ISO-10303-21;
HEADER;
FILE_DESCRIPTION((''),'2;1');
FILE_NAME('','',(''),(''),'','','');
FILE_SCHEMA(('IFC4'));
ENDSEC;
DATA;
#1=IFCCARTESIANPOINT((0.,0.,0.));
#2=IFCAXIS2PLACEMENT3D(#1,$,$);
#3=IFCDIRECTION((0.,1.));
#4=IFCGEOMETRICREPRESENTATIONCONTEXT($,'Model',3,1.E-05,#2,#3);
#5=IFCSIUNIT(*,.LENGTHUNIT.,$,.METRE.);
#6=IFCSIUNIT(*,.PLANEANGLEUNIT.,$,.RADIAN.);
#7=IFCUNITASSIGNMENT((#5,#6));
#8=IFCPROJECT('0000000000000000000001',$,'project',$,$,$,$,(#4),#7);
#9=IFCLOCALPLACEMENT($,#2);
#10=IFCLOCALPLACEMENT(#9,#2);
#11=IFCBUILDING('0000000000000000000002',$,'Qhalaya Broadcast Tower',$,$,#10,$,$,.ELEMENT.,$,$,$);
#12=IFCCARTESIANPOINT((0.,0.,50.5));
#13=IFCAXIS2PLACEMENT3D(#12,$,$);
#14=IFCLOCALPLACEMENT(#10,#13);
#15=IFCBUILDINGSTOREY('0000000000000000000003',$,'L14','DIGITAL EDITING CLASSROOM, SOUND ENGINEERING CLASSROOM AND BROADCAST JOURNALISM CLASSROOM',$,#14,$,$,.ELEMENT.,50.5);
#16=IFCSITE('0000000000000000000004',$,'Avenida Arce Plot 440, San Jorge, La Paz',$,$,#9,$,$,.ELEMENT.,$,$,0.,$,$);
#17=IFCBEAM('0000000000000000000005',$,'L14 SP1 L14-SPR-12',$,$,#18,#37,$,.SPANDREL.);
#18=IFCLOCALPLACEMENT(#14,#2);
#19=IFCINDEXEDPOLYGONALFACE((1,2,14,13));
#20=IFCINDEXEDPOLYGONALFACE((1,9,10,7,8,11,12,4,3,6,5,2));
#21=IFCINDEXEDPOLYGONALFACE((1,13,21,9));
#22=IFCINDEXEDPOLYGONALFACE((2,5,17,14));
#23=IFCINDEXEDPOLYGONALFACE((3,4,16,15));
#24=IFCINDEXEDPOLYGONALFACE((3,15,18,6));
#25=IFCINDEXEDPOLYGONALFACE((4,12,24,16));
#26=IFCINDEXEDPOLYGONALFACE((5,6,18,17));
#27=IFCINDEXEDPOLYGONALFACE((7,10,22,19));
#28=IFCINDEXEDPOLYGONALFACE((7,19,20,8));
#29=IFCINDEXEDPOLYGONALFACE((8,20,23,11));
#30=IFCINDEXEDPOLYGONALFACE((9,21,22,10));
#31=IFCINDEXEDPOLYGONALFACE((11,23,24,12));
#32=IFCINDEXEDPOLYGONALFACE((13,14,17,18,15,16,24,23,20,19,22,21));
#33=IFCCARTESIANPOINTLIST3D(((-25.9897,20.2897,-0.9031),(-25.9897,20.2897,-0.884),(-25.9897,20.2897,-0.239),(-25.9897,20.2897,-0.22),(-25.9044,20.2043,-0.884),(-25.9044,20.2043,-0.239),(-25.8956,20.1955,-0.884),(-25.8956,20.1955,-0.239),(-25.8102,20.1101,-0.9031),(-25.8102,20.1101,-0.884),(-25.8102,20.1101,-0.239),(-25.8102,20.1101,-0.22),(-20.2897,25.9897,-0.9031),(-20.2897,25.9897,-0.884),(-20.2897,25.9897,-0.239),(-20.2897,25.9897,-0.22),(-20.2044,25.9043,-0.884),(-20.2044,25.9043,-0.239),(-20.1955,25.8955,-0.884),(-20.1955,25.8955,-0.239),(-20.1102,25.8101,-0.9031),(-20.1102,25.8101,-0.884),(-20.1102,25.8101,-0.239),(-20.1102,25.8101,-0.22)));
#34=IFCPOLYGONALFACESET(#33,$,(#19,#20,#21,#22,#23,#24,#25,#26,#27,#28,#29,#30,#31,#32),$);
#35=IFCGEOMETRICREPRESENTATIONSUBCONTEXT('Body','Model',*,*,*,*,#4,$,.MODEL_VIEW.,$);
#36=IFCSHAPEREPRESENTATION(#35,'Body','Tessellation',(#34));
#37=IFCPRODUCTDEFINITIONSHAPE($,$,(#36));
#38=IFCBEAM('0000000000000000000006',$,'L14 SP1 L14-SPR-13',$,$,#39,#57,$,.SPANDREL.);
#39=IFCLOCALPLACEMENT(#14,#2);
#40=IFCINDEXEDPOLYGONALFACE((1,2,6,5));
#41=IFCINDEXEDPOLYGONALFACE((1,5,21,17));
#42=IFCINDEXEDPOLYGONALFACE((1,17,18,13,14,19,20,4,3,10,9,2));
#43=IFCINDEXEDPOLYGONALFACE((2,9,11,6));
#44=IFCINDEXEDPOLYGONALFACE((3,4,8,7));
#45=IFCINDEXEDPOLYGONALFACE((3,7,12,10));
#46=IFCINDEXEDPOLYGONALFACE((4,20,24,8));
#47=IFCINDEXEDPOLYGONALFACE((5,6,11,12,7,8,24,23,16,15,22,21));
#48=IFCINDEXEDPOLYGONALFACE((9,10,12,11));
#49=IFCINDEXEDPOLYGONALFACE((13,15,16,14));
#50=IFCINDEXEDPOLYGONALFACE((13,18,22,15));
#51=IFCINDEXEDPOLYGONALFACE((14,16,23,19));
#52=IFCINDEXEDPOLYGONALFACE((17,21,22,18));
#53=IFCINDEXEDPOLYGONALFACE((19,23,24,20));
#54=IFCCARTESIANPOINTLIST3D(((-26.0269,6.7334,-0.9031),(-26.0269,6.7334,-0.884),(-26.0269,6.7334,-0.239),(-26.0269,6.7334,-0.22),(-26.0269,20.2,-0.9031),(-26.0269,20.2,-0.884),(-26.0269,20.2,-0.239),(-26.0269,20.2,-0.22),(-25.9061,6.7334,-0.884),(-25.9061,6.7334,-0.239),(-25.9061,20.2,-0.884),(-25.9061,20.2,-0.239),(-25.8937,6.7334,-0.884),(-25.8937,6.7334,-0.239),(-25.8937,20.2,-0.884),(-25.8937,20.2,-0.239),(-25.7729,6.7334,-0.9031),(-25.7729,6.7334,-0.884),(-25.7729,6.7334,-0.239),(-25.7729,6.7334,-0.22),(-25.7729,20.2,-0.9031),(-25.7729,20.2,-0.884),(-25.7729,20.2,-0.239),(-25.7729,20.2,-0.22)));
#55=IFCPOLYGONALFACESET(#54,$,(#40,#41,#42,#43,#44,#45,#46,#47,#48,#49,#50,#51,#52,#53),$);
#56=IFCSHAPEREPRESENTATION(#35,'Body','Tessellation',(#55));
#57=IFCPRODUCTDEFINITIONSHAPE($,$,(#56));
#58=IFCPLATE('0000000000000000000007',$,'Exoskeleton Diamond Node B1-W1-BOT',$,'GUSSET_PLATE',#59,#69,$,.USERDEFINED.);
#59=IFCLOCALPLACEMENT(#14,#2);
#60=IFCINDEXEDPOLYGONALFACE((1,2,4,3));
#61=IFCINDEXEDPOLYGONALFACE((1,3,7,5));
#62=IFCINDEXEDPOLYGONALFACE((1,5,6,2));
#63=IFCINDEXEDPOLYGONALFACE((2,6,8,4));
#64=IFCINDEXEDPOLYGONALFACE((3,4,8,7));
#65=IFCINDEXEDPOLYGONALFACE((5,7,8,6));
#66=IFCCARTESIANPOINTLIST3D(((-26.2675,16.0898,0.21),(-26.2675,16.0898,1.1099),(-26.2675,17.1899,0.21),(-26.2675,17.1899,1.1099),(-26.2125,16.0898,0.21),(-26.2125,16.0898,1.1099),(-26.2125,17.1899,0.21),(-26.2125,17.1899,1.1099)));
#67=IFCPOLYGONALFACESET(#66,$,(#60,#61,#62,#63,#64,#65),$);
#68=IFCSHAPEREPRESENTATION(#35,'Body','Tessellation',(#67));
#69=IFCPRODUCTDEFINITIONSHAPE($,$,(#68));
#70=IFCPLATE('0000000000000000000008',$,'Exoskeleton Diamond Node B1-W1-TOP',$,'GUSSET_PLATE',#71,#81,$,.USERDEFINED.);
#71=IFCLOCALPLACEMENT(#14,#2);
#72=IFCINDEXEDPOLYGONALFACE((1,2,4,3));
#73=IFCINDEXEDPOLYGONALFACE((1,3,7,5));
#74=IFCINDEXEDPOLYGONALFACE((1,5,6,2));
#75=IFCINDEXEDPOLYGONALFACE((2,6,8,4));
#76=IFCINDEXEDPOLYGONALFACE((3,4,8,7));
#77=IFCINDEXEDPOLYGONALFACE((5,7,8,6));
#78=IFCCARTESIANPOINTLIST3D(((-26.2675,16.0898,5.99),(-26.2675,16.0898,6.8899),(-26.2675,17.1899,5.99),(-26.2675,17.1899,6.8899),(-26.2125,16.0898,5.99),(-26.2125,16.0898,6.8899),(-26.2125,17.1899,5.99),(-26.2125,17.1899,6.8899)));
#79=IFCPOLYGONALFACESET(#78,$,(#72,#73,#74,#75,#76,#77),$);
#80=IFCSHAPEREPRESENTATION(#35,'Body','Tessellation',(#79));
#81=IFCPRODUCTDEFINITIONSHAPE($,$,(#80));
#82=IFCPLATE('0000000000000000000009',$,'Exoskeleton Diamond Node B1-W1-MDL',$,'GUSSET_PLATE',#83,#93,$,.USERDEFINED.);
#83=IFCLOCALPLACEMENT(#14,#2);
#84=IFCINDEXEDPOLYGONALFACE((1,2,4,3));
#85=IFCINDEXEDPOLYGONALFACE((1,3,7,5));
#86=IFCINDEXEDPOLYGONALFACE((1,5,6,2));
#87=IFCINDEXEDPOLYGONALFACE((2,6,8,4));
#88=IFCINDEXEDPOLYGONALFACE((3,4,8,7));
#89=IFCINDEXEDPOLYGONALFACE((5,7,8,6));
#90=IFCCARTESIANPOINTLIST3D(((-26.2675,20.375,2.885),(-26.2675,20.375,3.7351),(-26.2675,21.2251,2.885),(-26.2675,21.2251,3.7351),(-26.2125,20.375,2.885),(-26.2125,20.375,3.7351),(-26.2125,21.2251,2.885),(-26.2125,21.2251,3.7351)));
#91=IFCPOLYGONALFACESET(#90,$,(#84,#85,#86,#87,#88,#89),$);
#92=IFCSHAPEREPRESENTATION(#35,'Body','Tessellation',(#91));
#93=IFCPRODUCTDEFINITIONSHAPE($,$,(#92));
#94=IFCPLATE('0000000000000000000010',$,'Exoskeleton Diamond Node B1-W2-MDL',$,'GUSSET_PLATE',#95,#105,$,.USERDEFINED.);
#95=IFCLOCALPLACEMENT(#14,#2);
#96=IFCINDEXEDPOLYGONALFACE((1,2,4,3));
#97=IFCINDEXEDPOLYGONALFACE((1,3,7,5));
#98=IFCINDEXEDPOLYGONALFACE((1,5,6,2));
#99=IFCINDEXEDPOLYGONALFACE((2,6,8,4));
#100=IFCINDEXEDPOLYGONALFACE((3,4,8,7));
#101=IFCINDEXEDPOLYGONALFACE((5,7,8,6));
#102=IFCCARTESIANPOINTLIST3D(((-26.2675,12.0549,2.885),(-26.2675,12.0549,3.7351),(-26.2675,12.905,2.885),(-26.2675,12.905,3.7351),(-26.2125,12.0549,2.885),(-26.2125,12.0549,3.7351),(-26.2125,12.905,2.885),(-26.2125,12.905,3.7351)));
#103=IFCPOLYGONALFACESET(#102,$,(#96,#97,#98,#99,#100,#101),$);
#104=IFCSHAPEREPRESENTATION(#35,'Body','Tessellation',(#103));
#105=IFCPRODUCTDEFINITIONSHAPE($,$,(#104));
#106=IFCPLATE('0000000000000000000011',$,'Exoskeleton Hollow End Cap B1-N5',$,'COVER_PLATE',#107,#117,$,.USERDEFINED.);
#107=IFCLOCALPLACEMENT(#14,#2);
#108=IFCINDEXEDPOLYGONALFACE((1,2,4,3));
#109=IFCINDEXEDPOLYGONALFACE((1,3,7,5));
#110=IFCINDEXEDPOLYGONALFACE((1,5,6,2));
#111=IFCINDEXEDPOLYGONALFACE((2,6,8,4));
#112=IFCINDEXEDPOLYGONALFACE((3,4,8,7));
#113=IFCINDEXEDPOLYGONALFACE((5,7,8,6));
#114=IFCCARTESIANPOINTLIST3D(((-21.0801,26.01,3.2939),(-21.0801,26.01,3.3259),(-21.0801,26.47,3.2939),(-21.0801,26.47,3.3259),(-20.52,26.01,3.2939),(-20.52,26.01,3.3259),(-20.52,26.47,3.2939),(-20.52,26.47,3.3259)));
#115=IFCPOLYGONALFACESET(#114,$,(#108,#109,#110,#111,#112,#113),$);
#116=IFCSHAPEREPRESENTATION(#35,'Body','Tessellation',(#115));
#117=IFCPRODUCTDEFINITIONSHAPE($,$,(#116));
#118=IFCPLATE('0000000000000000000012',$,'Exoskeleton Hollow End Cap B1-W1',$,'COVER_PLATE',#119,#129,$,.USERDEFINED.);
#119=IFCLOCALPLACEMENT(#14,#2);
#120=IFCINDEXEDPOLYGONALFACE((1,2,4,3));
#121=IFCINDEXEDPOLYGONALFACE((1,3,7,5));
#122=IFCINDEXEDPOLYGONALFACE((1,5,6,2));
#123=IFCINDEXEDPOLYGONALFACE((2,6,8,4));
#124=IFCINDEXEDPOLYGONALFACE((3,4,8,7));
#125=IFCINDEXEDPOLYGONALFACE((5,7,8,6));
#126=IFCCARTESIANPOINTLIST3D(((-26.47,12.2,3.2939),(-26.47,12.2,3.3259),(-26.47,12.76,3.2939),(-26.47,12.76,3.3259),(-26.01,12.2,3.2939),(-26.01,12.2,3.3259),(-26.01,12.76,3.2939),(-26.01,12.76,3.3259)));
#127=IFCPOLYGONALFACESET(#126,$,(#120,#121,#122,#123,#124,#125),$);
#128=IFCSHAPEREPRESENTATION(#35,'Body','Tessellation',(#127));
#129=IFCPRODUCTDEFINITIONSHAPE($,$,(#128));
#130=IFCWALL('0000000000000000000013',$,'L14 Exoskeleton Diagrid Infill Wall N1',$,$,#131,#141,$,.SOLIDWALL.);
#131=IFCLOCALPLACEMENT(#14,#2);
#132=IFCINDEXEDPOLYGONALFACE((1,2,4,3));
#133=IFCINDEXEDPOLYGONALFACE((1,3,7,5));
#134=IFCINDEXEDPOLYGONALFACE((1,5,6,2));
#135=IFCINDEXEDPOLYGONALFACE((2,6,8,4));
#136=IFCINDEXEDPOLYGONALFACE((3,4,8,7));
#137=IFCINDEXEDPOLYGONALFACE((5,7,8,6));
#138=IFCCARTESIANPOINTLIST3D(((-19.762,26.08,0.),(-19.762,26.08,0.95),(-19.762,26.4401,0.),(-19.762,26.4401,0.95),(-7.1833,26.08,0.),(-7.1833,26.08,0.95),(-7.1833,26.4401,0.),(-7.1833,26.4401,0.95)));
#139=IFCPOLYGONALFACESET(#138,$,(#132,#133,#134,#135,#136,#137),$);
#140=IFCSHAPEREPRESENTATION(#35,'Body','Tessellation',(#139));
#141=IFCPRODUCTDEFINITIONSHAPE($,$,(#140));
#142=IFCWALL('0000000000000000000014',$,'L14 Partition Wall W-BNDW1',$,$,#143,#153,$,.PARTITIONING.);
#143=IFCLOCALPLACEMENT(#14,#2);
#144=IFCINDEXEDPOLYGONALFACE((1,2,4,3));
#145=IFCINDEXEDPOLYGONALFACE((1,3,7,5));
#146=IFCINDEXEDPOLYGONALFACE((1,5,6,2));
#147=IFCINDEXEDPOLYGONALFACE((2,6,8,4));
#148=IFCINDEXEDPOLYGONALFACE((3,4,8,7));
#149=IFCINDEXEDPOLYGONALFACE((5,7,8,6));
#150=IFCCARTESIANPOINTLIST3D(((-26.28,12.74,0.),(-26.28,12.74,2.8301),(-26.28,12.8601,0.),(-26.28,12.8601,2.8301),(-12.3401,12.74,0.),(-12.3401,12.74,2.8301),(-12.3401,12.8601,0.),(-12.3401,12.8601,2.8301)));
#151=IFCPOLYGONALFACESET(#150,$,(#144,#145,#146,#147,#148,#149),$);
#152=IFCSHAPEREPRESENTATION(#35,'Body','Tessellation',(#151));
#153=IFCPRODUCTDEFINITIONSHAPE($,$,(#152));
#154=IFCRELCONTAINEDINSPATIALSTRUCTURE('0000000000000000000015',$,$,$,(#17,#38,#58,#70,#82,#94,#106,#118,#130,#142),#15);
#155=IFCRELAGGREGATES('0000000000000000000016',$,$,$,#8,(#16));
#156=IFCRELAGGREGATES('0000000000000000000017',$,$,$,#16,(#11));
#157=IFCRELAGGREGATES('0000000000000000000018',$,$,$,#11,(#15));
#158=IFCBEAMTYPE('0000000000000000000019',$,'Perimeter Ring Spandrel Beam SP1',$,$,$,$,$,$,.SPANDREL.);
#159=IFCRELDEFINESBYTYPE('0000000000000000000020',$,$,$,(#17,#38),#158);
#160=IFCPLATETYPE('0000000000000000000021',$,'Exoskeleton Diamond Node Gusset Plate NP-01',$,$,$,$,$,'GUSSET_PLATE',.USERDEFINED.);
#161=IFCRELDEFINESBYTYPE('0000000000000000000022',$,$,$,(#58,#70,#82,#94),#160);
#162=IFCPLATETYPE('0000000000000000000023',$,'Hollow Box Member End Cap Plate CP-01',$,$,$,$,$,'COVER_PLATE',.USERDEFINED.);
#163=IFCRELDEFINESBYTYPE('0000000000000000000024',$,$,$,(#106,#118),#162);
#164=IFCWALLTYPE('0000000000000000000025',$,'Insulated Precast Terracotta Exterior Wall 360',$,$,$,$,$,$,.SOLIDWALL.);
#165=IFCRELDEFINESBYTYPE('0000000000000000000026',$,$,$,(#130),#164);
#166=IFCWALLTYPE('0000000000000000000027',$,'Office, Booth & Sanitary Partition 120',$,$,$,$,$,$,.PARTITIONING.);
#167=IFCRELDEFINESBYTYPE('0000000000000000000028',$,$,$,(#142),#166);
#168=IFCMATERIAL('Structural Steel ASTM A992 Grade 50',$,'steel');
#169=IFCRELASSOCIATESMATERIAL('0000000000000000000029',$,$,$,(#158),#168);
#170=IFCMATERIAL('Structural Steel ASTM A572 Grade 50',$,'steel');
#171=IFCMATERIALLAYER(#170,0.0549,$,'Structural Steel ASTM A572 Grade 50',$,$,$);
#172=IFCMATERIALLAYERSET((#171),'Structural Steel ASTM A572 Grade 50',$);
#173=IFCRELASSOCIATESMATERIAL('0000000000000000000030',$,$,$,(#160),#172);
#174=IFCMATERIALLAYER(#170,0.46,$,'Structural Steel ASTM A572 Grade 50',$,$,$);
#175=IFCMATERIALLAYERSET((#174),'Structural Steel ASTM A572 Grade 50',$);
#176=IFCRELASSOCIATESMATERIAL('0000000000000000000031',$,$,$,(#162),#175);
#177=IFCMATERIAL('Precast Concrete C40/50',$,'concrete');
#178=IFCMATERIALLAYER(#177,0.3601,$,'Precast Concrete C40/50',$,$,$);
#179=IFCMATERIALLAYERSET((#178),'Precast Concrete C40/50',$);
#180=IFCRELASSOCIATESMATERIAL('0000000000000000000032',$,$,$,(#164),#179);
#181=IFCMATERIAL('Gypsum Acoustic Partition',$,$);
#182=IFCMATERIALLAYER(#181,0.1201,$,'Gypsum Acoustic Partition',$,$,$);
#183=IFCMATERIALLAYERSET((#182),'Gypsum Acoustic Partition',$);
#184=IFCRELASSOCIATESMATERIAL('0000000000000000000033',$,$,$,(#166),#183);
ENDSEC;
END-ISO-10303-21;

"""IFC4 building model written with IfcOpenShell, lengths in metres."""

from ifc_helpers import new_model, si_unit, direction, frame, frame_2d, origin, origin_2d, place, context, subcontext, project, spatial, rectangle, i_section, extrude, material, layer, layer_set, material_profile, profile_set, type_object, element, save


model = new_model("IFC4")

# Units and contexts
model_context = context("Model", 3, precision=1e-05, world=origin(), true_north=direction((0.0, 1.0)))
body_context = subcontext(model_context, "Body", "Model", "MODEL_VIEW")
ifc_project = project(units=[si_unit("LENGTHUNIT", "METRE"), si_unit("PLANEANGLEUNIT", "RADIAN")], contexts=[model_context])

# Site, building, storey
site_placement = place(None, origin())
site = spatial("IfcSite", under=ifc_project, at=site_placement, Name="Avenida Arce Plot 440, San Jorge, La Paz", CompositionType="ELEMENT", RefElevation=0.0)
building_placement = place(site_placement, origin())
building = spatial("IfcBuilding", under=site, at=building_placement, Name="Qhalaya Broadcast Tower", CompositionType="ELEMENT")
storey_placement = place(building_placement, frame((0.0, 0.0, 50.5)))
storey = spatial("IfcBuildingStorey", under=building, at=storey_placement, Name="L14", Description="DIGITAL EDITING CLASSROOM, SOUND ENGINEERING CLASSROOM AND BROADCAST JOURNALISM CLASSROOM", CompositionType="ELEMENT", Elevation=50.5)

# Shared definitions
ifc_material_1 = material(Name="Structural Steel ASTM A572 Grade 50", Category="steel")

# Shared definitions
ifc_material_2 = material(Name="Structural Steel ASTM A992 Grade 50", Category="steel")

# Beams
ifc_material_profile_1 = material_profile(ifc_material_2, i_section(OverallWidth=0.2539, OverallDepth=0.6831, WebThickness=0.0125, FlangeThickness=0.019, at=origin_2d()), Name="W27X94")
ifc_profile_set_1 = profile_set([ifc_material_profile_1], Name="Structural Steel ASTM A992 Grade 50")
beam_type_1 = type_object("IfcBeamType", Name="Perimeter Ring Spandrel Beam SP1", PredefinedType="SPANDREL", material=ifc_profile_set_1)
beam_1_placement = place(storey_placement, frame((-20.2, 25.8999, -0.5615), z_axis=(-0.707107, -0.707107, 0.0), x_axis=(0.707107, -0.707107, 0.0)))
element("IfcBeam", 1, at=beam_1_placement, inside=storey, type_object=beam_type_1, Name="L14 SP1 L14-SPR-12", PredefinedType="SPANDREL", context=body_context, shape_type="SweptSolid", body=[
    extrude(i_section(OverallWidth=0.2539, OverallDepth=0.6831, WebThickness=0.0125, FlangeThickness=0.019, at=origin_2d()), origin(), (0.0, 0.0, 1.0), 8.061),
])
beam_2_placement = place(storey_placement, frame((-25.8999, 20.2, -0.5615), z_axis=(0.0, -1.0, 0.0), x_axis=(1.0, 0.0, 0.0)))
element("IfcBeam", 2, at=beam_2_placement, inside=storey, type_object=beam_type_1, Name="L14 SP1 L14-SPR-13", PredefinedType="SPANDREL", context=body_context, shape_type="SweptSolid", body=[
    extrude(i_section(OverallWidth=0.2539, OverallDepth=0.6831, WebThickness=0.0125, FlangeThickness=0.019, at=origin_2d()), origin(), (0.0, 0.0, 1.0), 13.4666),
])

# Plates
ifc_layer_1 = layer(ifc_material_1, 0.0549, Name="Structural Steel ASTM A572 Grade 50")
ifc_layer_set_1 = layer_set([ifc_layer_1], Name="Structural Steel ASTM A572 Grade 50")
plate_type_1 = type_object("IfcPlateType", Name="Exoskeleton Diamond Node Gusset Plate NP-01", ElementType="GUSSET_PLATE", PredefinedType="USERDEFINED", material=ifc_layer_set_1)
for number, where, z_axis, x_axis, name in (
    (3, (-26.24, 16.6399, 0.21), (0.0, 0.0, 1.0), (0.0, 1.0, 0.0), "Exoskeleton Diamond Node B1-W1-BOT"),
    (4, (-26.24, 16.6399, 5.99), (0.0, 0.0, 1.0), (0.0, 1.0, 0.0), "Exoskeleton Diamond Node B1-W1-TOP"),
):
    element("IfcPlate", number, at=place(storey_placement, frame(where, z_axis=z_axis, x_axis=x_axis)), inside=storey, type_object=plate_type_1, Name=name, ObjectType="GUSSET_PLATE", PredefinedType="USERDEFINED", context=body_context, shape_type="SweptSolid", body=[
        extrude(rectangle(XDim=1.1001, YDim=0.0549, at=origin_2d()), origin(), (0.0, 0.0, 1.0), 0.8999),
    ])
for number, where, z_axis, x_axis, name in (
    (5, (-26.24, 20.8, 2.885), (0.0, 0.0, 1.0), (0.0, 1.0, 0.0), "Exoskeleton Diamond Node B1-W1-MDL"),
    (6, (-26.24, 12.48, 2.885), (0.0, 0.0, 1.0), (0.0, 1.0, 0.0), "Exoskeleton Diamond Node B1-W2-MDL"),
):
    element("IfcPlate", number, at=place(storey_placement, frame(where, z_axis=z_axis, x_axis=x_axis)), inside=storey, type_object=plate_type_1, Name=name, ObjectType="GUSSET_PLATE", PredefinedType="USERDEFINED", context=body_context, shape_type="SweptSolid", body=[
        extrude(rectangle(XDim=0.8501, YDim=0.0549, at=origin_2d()), origin(), (0.0, 0.0, 1.0), 0.8501),
    ])
ifc_layer_2 = layer(ifc_material_1, 0.46, Name="Structural Steel ASTM A572 Grade 50")
ifc_layer_set_2 = layer_set([ifc_layer_2], Name="Structural Steel ASTM A572 Grade 50")
plate_type_2 = type_object("IfcPlateType", Name="Hollow Box Member End Cap Plate CP-01", ElementType="COVER_PLATE", PredefinedType="USERDEFINED", material=ifc_layer_set_2)
for number, where, z_axis, x_axis, name in (
    (7, (-20.8, 26.24, 3.2939), (0.0, 0.0, 1.0), (1.0, 0.0, 0.0), "Exoskeleton Hollow End Cap B1-N5"),
    (8, (-26.24, 12.48, 3.2939), (0.0, 0.0, 1.0), (0.0, 1.0, 0.0), "Exoskeleton Hollow End Cap B1-W1"),
):
    element("IfcPlate", number, at=place(storey_placement, frame(where, z_axis=z_axis, x_axis=x_axis)), inside=storey, type_object=plate_type_2, Name=name, ObjectType="COVER_PLATE", PredefinedType="USERDEFINED", context=body_context, shape_type="SweptSolid", body=[
        extrude(rectangle(XDim=0.5601, YDim=0.46, at=origin_2d()), origin(), (0.0, 0.0, 1.0), 0.032),
    ])

# Walls
ifc_material_3 = material(Name="Precast Concrete C40/50", Category="concrete")
ifc_layer_3 = layer(ifc_material_3, 0.3601, Name="Precast Concrete C40/50")
ifc_layer_set_3 = layer_set([ifc_layer_3], Name="Precast Concrete C40/50")
wall_type_1 = type_object("IfcWallType", Name="Insulated Precast Terracotta Exterior Wall 360", PredefinedType="SOLIDWALL", material=ifc_layer_set_3)
wall_1_placement = place(storey_placement, frame((-19.762, 26.26, 0.0), z_axis=(0.0, 0.0, 1.0), x_axis=(1.0, 0.0, 0.0)))
element("IfcWall", 9, at=wall_1_placement, inside=storey, type_object=wall_type_1, Name="L14 Exoskeleton Diagrid Infill Wall N1", PredefinedType="SOLIDWALL", context=body_context, shape_type="SweptSolid", body=[
    extrude(rectangle(XDim=12.5786, YDim=0.3601, at=frame_2d((6.2893, 0.0))), origin(), (0.0, 0.0, 1.0), 0.95),
])
ifc_material_4 = material(Name="Gypsum Acoustic Partition")
ifc_layer_4 = layer(ifc_material_4, 0.1201, Name="Gypsum Acoustic Partition")
ifc_layer_set_4 = layer_set([ifc_layer_4], Name="Gypsum Acoustic Partition")
wall_type_2 = type_object("IfcWallType", Name="Office, Booth & Sanitary Partition 120", PredefinedType="PARTITIONING", material=ifc_layer_set_4)
wall_2_placement = place(storey_placement, frame((-26.28, 12.8, 0.0), z_axis=(0.0, 0.0, 1.0), x_axis=(1.0, 0.0, 0.0)))
element("IfcWall", 10, at=wall_2_placement, inside=storey, type_object=wall_type_2, Name="L14 Partition Wall W-BNDW1", PredefinedType="PARTITIONING", context=body_context, shape_type="SweptSolid", body=[
    extrude(rectangle(XDim=13.9399, YDim=0.1201, at=frame_2d((6.97, 0.0))), origin(), (0.0, 0.0, 1.0), 2.8301),
])

save(model, "model.ifc")
